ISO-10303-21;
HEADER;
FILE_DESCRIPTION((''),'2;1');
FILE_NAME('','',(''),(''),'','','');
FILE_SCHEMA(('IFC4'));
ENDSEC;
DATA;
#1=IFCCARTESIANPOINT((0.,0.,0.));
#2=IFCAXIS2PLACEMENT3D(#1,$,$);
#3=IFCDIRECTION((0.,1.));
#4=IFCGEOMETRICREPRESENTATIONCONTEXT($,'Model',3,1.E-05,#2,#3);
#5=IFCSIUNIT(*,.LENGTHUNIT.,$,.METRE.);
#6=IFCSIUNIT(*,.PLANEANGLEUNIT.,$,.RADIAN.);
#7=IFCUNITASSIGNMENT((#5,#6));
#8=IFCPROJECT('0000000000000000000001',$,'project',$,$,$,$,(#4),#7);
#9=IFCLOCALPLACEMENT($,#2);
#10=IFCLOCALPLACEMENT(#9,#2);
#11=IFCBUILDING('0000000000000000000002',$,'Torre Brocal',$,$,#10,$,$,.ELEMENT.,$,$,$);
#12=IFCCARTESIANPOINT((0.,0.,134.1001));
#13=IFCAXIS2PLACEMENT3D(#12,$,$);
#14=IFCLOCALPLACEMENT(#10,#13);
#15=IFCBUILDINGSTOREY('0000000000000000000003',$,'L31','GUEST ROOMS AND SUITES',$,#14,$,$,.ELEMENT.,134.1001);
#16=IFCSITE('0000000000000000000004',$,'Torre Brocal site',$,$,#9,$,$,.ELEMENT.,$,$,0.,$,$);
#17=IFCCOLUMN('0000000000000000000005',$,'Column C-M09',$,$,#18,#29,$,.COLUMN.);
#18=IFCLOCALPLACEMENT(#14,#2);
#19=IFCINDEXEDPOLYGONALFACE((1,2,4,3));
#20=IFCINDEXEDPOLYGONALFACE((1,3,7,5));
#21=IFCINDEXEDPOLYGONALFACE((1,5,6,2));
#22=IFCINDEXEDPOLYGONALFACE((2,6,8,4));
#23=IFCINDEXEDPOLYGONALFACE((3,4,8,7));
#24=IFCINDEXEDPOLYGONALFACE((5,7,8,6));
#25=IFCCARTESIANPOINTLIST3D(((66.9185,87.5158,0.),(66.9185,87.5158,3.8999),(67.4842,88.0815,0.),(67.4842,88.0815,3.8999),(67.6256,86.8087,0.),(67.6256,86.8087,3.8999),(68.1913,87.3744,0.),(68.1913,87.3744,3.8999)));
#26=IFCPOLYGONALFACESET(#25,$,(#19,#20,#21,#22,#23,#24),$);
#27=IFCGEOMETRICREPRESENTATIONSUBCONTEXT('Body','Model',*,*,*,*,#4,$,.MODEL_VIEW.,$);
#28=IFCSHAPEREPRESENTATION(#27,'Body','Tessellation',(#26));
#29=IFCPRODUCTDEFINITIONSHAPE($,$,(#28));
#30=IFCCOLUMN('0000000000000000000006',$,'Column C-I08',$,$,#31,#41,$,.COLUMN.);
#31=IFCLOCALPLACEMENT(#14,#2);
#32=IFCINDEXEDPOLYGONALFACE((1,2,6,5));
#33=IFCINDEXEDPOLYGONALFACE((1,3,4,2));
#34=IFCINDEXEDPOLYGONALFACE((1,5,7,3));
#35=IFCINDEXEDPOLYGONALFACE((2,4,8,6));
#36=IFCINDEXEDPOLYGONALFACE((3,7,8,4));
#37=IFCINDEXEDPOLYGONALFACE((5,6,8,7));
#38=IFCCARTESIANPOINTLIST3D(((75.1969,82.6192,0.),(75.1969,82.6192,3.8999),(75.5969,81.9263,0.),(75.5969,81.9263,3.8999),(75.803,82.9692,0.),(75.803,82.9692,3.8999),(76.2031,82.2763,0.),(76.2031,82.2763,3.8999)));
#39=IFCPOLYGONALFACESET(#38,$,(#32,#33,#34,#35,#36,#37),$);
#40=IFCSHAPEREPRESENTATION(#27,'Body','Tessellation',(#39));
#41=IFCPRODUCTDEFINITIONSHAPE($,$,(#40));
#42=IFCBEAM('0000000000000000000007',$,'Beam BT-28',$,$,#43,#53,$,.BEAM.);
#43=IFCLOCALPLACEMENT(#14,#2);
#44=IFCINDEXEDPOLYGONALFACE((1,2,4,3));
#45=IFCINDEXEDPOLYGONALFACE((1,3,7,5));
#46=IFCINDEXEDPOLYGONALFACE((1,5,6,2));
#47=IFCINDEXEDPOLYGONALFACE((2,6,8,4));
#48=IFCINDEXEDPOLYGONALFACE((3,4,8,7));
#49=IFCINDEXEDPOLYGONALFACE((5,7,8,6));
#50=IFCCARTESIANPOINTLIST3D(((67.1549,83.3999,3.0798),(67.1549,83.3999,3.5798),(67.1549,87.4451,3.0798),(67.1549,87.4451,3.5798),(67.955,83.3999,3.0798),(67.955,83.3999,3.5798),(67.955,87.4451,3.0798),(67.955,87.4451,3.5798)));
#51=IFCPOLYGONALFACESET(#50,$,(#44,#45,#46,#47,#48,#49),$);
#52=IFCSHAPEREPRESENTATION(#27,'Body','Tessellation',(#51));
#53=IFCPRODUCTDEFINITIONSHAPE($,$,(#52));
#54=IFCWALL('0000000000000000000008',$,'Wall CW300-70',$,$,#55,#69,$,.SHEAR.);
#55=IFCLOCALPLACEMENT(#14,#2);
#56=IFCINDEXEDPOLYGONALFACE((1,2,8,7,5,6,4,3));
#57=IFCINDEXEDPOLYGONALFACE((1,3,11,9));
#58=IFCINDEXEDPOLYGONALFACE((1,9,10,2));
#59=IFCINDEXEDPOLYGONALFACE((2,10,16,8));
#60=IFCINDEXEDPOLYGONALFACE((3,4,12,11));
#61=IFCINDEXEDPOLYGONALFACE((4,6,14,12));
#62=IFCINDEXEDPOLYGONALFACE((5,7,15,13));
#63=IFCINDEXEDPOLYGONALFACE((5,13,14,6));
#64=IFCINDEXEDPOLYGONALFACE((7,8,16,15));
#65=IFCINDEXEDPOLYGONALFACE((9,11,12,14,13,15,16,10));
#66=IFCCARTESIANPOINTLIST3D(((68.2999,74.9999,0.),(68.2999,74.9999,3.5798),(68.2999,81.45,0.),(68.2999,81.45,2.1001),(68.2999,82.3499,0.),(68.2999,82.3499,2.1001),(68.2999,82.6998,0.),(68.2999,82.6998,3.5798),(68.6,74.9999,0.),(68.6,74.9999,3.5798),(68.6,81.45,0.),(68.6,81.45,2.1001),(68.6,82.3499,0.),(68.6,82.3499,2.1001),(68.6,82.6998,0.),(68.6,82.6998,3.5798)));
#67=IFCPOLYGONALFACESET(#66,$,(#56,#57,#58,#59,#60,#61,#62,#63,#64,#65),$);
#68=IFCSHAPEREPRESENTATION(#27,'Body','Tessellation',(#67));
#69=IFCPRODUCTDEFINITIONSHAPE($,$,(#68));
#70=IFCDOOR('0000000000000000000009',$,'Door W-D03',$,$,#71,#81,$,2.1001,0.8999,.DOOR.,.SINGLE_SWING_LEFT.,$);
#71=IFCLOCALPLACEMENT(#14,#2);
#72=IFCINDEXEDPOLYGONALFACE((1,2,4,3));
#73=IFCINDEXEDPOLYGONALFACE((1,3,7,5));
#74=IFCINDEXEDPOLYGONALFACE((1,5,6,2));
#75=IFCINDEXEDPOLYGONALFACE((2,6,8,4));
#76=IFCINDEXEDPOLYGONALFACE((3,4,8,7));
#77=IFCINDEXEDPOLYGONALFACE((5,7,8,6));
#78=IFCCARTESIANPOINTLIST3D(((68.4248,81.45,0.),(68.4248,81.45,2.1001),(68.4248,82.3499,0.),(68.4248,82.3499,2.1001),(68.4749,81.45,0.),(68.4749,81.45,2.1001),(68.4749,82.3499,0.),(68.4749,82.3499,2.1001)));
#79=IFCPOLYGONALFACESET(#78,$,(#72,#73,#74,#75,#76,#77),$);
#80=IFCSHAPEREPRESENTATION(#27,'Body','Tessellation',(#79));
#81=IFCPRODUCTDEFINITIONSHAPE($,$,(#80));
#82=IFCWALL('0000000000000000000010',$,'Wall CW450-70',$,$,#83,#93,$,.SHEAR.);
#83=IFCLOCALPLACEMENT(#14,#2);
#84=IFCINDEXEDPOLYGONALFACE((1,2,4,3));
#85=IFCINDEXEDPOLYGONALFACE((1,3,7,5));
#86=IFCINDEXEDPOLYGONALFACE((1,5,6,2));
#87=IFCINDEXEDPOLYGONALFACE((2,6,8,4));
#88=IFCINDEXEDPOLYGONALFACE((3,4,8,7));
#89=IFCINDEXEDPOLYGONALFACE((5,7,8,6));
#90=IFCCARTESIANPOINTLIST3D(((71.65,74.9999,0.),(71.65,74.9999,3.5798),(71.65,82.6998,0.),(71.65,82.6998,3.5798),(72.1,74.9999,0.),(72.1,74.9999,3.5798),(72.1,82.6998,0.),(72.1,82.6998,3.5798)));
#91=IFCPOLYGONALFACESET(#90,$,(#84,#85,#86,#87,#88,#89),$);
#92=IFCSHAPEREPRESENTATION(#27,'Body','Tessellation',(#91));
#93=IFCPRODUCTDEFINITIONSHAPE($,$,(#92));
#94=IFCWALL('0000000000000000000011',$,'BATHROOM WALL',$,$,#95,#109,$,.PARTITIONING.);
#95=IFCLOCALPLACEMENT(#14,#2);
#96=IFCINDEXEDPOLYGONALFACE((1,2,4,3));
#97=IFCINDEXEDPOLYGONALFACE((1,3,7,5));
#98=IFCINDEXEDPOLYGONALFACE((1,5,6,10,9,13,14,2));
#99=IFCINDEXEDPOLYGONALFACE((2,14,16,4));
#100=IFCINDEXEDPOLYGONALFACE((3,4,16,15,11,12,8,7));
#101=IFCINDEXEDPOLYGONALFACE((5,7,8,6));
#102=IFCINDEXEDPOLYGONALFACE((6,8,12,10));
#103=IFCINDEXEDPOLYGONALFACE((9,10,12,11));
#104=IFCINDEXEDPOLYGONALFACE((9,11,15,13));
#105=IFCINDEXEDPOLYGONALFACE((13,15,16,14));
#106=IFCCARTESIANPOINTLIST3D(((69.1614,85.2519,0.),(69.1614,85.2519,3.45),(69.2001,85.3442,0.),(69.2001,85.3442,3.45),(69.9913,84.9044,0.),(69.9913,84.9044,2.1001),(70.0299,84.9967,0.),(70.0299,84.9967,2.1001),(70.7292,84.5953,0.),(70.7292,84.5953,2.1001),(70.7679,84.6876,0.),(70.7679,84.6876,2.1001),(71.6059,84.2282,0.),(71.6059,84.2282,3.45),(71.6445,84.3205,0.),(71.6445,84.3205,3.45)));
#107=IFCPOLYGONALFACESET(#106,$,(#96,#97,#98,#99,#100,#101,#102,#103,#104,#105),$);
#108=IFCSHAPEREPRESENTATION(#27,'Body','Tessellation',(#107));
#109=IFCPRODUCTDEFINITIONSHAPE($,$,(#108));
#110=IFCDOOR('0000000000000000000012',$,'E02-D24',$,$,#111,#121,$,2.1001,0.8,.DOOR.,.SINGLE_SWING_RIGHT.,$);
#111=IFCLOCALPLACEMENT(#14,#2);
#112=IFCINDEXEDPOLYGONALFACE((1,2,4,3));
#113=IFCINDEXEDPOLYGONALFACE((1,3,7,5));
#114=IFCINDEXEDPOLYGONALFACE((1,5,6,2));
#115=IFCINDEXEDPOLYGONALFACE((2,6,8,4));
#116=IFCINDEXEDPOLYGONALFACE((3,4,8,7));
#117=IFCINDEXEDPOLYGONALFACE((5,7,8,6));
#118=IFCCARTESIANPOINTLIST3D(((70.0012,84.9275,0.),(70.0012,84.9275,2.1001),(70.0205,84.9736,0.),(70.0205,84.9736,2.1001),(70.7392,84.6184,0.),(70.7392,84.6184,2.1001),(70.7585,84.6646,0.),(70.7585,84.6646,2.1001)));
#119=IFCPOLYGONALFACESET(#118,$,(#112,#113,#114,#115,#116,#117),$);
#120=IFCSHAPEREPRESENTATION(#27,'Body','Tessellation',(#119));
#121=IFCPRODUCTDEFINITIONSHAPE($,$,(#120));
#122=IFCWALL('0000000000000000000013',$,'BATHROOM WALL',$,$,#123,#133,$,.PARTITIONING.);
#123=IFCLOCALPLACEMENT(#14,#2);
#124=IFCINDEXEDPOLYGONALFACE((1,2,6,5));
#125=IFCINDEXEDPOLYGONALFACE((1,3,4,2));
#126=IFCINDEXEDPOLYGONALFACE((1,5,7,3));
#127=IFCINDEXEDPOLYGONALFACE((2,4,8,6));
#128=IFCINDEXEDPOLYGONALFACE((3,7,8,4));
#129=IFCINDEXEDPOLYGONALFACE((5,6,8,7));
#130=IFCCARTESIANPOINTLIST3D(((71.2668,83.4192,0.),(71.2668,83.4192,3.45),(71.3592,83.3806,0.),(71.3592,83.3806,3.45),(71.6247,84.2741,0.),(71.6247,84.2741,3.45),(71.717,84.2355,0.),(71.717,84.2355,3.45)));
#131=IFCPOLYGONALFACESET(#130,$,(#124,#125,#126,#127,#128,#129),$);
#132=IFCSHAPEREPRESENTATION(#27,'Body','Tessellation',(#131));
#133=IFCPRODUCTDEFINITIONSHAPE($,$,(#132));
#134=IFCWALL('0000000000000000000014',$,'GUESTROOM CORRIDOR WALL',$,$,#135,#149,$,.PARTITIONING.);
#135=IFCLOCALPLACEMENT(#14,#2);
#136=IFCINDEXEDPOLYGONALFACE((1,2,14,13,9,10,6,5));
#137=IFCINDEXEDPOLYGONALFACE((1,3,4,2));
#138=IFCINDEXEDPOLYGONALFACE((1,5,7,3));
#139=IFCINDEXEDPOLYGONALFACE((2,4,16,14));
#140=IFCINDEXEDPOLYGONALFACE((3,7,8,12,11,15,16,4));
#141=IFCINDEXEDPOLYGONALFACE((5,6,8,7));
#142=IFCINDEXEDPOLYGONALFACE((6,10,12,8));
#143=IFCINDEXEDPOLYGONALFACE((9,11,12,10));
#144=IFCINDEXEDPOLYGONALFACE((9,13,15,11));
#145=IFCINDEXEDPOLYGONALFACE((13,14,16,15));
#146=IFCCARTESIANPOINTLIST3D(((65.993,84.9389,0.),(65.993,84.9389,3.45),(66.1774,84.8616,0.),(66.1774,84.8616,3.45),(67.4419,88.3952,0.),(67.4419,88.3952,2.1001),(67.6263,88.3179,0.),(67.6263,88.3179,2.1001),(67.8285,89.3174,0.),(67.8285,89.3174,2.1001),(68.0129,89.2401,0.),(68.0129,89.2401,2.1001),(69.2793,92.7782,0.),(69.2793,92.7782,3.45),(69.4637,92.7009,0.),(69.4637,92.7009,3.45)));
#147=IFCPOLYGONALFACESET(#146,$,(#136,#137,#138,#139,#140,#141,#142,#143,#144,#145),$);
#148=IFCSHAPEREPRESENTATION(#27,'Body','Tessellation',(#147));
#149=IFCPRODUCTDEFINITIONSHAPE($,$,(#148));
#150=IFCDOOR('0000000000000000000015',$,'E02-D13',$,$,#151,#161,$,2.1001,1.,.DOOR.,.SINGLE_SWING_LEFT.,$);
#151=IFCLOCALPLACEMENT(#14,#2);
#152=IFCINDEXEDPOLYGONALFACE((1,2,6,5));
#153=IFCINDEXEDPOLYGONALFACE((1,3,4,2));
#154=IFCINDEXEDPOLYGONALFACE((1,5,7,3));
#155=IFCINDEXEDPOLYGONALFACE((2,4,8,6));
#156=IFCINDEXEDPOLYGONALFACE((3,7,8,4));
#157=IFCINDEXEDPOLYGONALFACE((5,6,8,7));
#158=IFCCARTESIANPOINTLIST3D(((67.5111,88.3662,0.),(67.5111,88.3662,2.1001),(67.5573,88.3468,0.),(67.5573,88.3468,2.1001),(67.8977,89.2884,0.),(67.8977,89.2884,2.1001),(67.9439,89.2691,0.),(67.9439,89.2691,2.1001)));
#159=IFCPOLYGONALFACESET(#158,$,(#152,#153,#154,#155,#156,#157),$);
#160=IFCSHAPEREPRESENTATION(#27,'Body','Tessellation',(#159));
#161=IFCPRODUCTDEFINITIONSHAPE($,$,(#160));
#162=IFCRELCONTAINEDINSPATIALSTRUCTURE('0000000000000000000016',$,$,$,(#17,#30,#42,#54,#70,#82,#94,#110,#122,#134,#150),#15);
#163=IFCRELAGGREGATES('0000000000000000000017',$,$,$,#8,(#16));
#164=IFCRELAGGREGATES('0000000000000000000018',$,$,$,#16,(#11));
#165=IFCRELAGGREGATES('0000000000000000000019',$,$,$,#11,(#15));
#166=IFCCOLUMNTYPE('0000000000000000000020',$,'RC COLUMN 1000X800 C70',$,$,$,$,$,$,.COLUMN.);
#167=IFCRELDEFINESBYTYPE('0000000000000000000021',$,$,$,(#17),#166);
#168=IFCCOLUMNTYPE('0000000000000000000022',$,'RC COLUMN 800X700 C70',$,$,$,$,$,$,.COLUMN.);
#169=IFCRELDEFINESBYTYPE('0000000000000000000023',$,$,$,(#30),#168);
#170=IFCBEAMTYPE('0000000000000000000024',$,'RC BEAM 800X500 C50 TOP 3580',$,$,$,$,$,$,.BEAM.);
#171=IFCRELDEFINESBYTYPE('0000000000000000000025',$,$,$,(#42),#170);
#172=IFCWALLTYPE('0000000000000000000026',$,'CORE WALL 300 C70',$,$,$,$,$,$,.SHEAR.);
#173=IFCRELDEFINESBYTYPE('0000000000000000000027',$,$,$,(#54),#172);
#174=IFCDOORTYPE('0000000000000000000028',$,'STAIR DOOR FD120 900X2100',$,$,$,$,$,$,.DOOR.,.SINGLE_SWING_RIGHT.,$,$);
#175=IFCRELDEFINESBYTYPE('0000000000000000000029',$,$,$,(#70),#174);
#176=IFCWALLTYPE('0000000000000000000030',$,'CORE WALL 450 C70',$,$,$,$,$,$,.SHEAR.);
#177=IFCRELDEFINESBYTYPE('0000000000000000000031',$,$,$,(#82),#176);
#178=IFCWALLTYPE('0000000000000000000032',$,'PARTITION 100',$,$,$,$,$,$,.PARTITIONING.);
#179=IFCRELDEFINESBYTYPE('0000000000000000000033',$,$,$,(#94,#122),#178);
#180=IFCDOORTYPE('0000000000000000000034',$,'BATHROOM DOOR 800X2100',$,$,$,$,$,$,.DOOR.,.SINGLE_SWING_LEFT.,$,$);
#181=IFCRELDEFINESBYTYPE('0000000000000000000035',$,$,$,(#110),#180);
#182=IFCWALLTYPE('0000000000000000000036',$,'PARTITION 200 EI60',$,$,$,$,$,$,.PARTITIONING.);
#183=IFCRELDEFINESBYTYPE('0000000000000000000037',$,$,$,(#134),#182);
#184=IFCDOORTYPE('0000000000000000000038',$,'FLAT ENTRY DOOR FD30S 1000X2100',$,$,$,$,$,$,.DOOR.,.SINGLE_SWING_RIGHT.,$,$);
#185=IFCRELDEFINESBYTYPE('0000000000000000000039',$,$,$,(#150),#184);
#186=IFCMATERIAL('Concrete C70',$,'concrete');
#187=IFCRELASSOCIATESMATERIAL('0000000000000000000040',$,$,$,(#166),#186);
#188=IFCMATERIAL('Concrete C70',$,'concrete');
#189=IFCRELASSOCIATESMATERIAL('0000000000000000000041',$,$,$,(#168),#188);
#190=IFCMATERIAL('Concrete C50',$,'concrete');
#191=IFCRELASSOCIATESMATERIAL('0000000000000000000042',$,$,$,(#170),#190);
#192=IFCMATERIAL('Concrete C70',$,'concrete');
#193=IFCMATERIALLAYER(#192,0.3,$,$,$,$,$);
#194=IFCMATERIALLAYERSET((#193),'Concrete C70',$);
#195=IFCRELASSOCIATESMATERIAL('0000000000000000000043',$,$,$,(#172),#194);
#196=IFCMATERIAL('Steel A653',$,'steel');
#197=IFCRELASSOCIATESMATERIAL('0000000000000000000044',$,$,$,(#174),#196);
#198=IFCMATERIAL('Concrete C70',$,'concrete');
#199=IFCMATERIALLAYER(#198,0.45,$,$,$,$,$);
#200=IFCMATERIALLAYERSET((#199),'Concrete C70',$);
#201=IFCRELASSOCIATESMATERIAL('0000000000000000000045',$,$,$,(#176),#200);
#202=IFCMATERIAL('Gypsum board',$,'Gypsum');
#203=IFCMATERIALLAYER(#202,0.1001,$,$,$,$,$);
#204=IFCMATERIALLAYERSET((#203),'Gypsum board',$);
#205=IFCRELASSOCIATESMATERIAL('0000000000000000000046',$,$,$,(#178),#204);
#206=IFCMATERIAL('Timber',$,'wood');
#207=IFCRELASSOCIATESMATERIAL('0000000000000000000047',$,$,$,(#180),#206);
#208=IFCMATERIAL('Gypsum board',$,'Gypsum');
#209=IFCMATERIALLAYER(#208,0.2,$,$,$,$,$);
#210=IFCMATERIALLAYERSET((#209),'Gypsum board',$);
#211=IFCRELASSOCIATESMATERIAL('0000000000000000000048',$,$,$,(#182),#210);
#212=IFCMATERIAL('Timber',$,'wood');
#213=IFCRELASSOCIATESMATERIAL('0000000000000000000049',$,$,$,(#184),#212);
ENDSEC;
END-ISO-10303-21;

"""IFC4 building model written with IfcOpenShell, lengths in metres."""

from ifc_helpers import new_model, si_unit, direction, frame, frame_2d, origin, origin_2d, place, context, subcontext, project, spatial, rectangle, extrude, material, layer, layer_set, material_profile, profile_set, type_object, element, fill, save


model = new_model("IFC4")

# Units and contexts
model_context = context("Model", 3, precision=1e-05, world=origin(), true_north=direction((0.0, 1.0)))
body_context = subcontext(model_context, "Body", "Model", "MODEL_VIEW")
ifc_project = project(units=[si_unit("LENGTHUNIT", "METRE"), si_unit("PLANEANGLEUNIT", "RADIAN")], contexts=[model_context])

# Site, building, storey
site_placement = place(None, origin())
site = spatial("IfcSite", under=ifc_project, at=site_placement, Name="Torre Brocal site", CompositionType="ELEMENT", RefElevation=0.0)
building_placement = place(site_placement, origin())
building = spatial("IfcBuilding", under=site, at=building_placement, Name="Torre Brocal", CompositionType="ELEMENT")
storey_placement = place(building_placement, frame((0.0, 0.0, 134.1001)))
storey = spatial("IfcBuildingStorey", under=building, at=storey_placement, Name="L31", Description="GUEST ROOMS AND SUITES", CompositionType="ELEMENT", Elevation=134.1001)

# Columns
ifc_material_1 = material(Name="Concrete C70", Category="concrete")
ifc_material_profile_1 = material_profile(ifc_material_1, rectangle(XDim=1.0, YDim=0.8, at=origin_2d()), Name="RC 1000X800")
ifc_profile_set_1 = profile_set([ifc_material_profile_1], Name="Concrete C70")
column_type_1 = type_object("IfcColumnType", Name="RC COLUMN 1000X800 C70", PredefinedType="COLUMN", material=ifc_profile_set_1)
column_1_placement = place(storey_placement, frame((67.5549, 87.4451, 0.0), z_axis=(0.0, 0.0, 1.0), x_axis=(-0.707107, 0.707107, 0.0)))
element("IfcColumn", 1, at=column_1_placement, inside=storey, type_object=column_type_1, Name="Column C-M09", PredefinedType="COLUMN", context=body_context, shape_type="SweptSolid", body=[
    extrude(rectangle(XDim=1.0, YDim=0.8, at=origin_2d()), origin(), (0.0, 0.0, 1.0), 3.8999),
])
ifc_material_2 = material(Name="Concrete C70", Category="concrete")
ifc_material_profile_2 = material_profile(ifc_material_2, rectangle(XDim=0.8, YDim=0.7, at=origin_2d()), Name="RC 800X700")
ifc_profile_set_2 = profile_set([ifc_material_profile_2], Name="Concrete C70")
column_type_2 = type_object("IfcColumnType", Name="RC COLUMN 800X700 C70", PredefinedType="COLUMN", material=ifc_profile_set_2)
column_2_placement = place(storey_placement, frame((75.7, 82.4478, 0.0), z_axis=(0.0, 0.0, 1.0), x_axis=(-0.5, 0.866025, 0.0)))
element("IfcColumn", 2, at=column_2_placement, inside=storey, type_object=column_type_2, Name="Column C-I08", PredefinedType="COLUMN", context=body_context, shape_type="SweptSolid", body=[
    extrude(rectangle(XDim=0.8, YDim=0.7, at=origin_2d()), origin(), (0.0, 0.0, 1.0), 3.8999),
])

# Beam
ifc_material_3 = material(Name="Concrete C50", Category="concrete")
ifc_material_profile_3 = material_profile(ifc_material_3, rectangle(XDim=0.8, YDim=0.5, at=origin_2d()), Name="RC 800X500")
ifc_profile_set_3 = profile_set([ifc_material_profile_3], Name="Concrete C50")
beam_type = type_object("IfcBeamType", Name="RC BEAM 800X500 C50 TOP 3580", PredefinedType="BEAM", material=ifc_profile_set_3)
beam_placement = place(storey_placement, frame((67.5549, 87.4451, 3.3298), z_axis=(0.0, -1.0, 0.0), x_axis=(1.0, 0.0, 0.0)))
element("IfcBeam", 3, at=beam_placement, inside=storey, type_object=beam_type, Name="Beam BT-28", PredefinedType="BEAM", context=body_context, shape_type="SweptSolid", body=[
    extrude(rectangle(XDim=0.8, YDim=0.5, at=origin_2d()), origin(), (0.0, 0.0, 1.0), 4.0452),
])

# Wall, opening, door
ifc_material_4 = material(Name="Concrete C70", Category="concrete")
ifc_layer_1 = layer(ifc_material_4, 0.3)
ifc_layer_set_1 = layer_set([ifc_layer_1], Name="Concrete C70")
wall_type_1 = type_object("IfcWallType", Name="CORE WALL 300 C70", PredefinedType="SHEAR", material=ifc_layer_set_1)
wall_1_placement = place(storey_placement, frame((68.45, 82.7, 0.0), z_axis=(0.0, 0.0, 1.0), x_axis=(0.0, -1.0, 0.0)))
wall_1 = element("IfcWall", 4, at=wall_1_placement, inside=storey, type_object=wall_type_1, Name="Wall CW300-70", PredefinedType="SHEAR", context=body_context, shape_type="SweptSolid", body=[
    extrude(rectangle(XDim=7.7, YDim=0.3, at=frame_2d((3.8501, 0.0))), origin(), (0.0, 0.0, 1.0), 3.5798),
])
opening_1_placement = place(wall_1_placement, frame((0.3501, 0.0, 0.0)))
opening_1 = element("IfcOpeningElement", 5, at=opening_1_placement, cuts=wall_1, PredefinedType="OPENING", context=body_context, shape_type="SweptSolid", body=[
    extrude(rectangle(XDim=0.8999, YDim=2.1001, at=frame_2d((0.45, 1.05))), frame((0.0, 0.1599, 0.0), z_axis=(0.0, -1.0, 0.0), x_axis=(1.0, 0.0, 0.0)), (0.0, 0.0, 1.0), 0.3201),
])
ifc_material_5 = material(Name="Steel A653", Category="steel")
door_type_1 = type_object("IfcDoorType", Name="STAIR DOOR FD120 900X2100", OperationType="SINGLE_SWING_RIGHT", PredefinedType="DOOR", material=ifc_material_5)
door_1_placement = place(opening_1_placement, origin())
door_1 = element("IfcDoor", 6, at=door_1_placement, inside=storey, type_object=door_type_1, Name="Door W-D03", OperationType="SINGLE_SWING_LEFT", OverallHeight=2.1001, OverallWidth=0.8999, PredefinedType="DOOR", context=body_context, shape_type="SweptSolid", body=[
    extrude(rectangle(XDim=0.8999, YDim=2.1001, at=frame_2d((0.45, 1.05))), frame((0.0, 0.0249, 0.0), z_axis=(0.0, -1.0, 0.0), x_axis=(1.0, 0.0, 0.0)), (0.0, 0.0, 1.0), 0.05),
])
fill(opening_1, door_1)

# Wall
ifc_material_6 = material(Name="Concrete C70", Category="concrete")
ifc_layer_2 = layer(ifc_material_6, 0.45)
ifc_layer_set_2 = layer_set([ifc_layer_2], Name="Concrete C70")
wall_type_2 = type_object("IfcWallType", Name="CORE WALL 450 C70", PredefinedType="SHEAR", material=ifc_layer_set_2)
wall_2_placement = place(storey_placement, frame((71.875, 82.7, 0.0), z_axis=(0.0, 0.0, 1.0), x_axis=(0.0, -1.0, 0.0)))
element("IfcWall", 7, at=wall_2_placement, inside=storey, type_object=wall_type_2, Name="Wall CW450-70", PredefinedType="SHEAR", context=body_context, shape_type="SweptSolid", body=[
    extrude(rectangle(XDim=7.7, YDim=0.45, at=frame_2d((3.8501, 0.0))), origin(), (0.0, 0.0, 1.0), 3.5798),
])

# Wall, opening, door
ifc_material_7 = material(Name="Gypsum board", Category="Gypsum")
ifc_layer_3 = layer(ifc_material_7, 0.1001)
ifc_layer_set_3 = layer_set([ifc_layer_3], Name="Gypsum board")
wall_type_3 = type_object("IfcWallType", Name="PARTITION 100", PredefinedType="PARTITIONING", material=ifc_layer_set_3)
wall_3_placement = place(storey_placement, frame((69.1807, 85.2981, 0.0), z_axis=(0.0, 0.0, 1.0), x_axis=(0.922378, -0.386289, 0.0)))
wall_3 = element("IfcWall", 8, at=wall_3_placement, inside=storey, type_object=wall_type_3, Name="BATHROOM WALL", PredefinedType="PARTITIONING", context=body_context, shape_type="SweptSolid", body=[
    extrude(rectangle(XDim=2.6501, YDim=0.1001, at=frame_2d((1.3252, 0.0))), origin(), (0.0, 0.0, 1.0), 3.45),
])
opening_2_placement = place(wall_3_placement, frame((0.8999, 0.0, 0.0)))
opening_2 = element("IfcOpeningElement", 9, at=opening_2_placement, cuts=wall_3, PredefinedType="OPENING", context=body_context, shape_type="SweptSolid", body=[
    extrude(rectangle(XDim=0.8, YDim=2.1001, at=frame_2d((0.3999, 1.05))), frame((0.0, 0.0601, 0.0), z_axis=(0.0, -1.0, 0.0), x_axis=(1.0, 0.0, 0.0)), (0.0, 0.0, 1.0), 0.1201),
])
ifc_material_8 = material(Name="Timber", Category="wood")
door_type_2 = type_object("IfcDoorType", Name="BATHROOM DOOR 800X2100", OperationType="SINGLE_SWING_LEFT", PredefinedType="DOOR", material=ifc_material_8)
door_2_placement = place(opening_2_placement, frame((0.8, 0.0, 0.0), z_axis=(0.0, 0.0, 1.0), x_axis=(-1.0, 0.0, 0.0)))
door_2 = element("IfcDoor", 10, at=door_2_placement, inside=storey, type_object=door_type_2, Name="E02-D24", OperationType="SINGLE_SWING_RIGHT", OverallHeight=2.1001, OverallWidth=0.8, PredefinedType="DOOR", context=body_context, shape_type="SweptSolid", body=[
    extrude(rectangle(XDim=0.8, YDim=2.1001, at=frame_2d((0.3999, 1.05))), frame((0.0, 0.0249, 0.0), z_axis=(0.0, -1.0, 0.0), x_axis=(1.0, 0.0, 0.0)), (0.0, 0.0, 1.0), 0.05),
])
fill(opening_2, door_2)

# Wall
wall_4_placement = place(storey_placement, frame((71.313, 83.3999, 0.0), z_axis=(0.0, 0.0, 1.0), x_axis=(0.386149, 0.922437, 0.0)))
element("IfcWall", 11, at=wall_4_placement, inside=storey, type_object=wall_type_3, Name="BATHROOM WALL", PredefinedType="PARTITIONING", context=body_context, shape_type="SweptSolid", body=[
    extrude(rectangle(XDim=0.9268, YDim=0.1001, at=frame_2d((0.4634, 0.0))), origin(), (0.0, 0.0, 1.0), 3.45),
])

# Wall, opening, door
ifc_material_9 = material(Name="Gypsum board", Category="Gypsum")
ifc_layer_4 = layer(ifc_material_9, 0.2)
ifc_layer_set_4 = layer_set([ifc_layer_4], Name="Gypsum board")
wall_type_4 = type_object("IfcWallType", Name="PARTITION 200 EI60", PredefinedType="PARTITIONING", material=ifc_layer_set_4)
wall_5_placement = place(storey_placement, frame((66.0852, 84.9004, 0.0), z_axis=(0.0, 0.0, 1.0), x_axis=(0.386617, 0.92224, 0.0)))
wall_5 = element("IfcWall", 12, at=wall_5_placement, inside=storey, type_object=wall_type_4, Name="GUESTROOM CORRIDOR WALL", PredefinedType="PARTITIONING", context=body_context, shape_type="SweptSolid", body=[
    extrude(rectangle(XDim=8.5002, YDim=0.2, at=frame_2d((4.25, 0.0))), origin(), (0.0, 0.0, 1.0), 3.45),
])
opening_3_placement = place(wall_5_placement, frame((3.7476, 0.0, 0.0)))
opening_3 = element("IfcOpeningElement", 13, at=opening_3_placement, cuts=wall_5, PredefinedType="OPENING", context=body_context, shape_type="SweptSolid", body=[
    extrude(rectangle(XDim=1.0, YDim=2.1001, at=frame_2d((0.5, 1.05))), frame((0.0, 0.1099, 0.0), z_axis=(0.0, -1.0, 0.0), x_axis=(1.0, 0.0, 0.0)), (0.0, 0.0, 1.0), 0.22),
])
ifc_material_10 = material(Name="Timber", Category="wood")
door_type_3 = type_object("IfcDoorType", Name="FLAT ENTRY DOOR FD30S 1000X2100", OperationType="SINGLE_SWING_RIGHT", PredefinedType="DOOR", material=ifc_material_10)
door_3_placement = place(opening_3_placement, origin())
door_3 = element("IfcDoor", 14, at=door_3_placement, inside=storey, type_object=door_type_3, Name="E02-D13", OperationType="SINGLE_SWING_LEFT", OverallHeight=2.1001, OverallWidth=1.0, PredefinedType="DOOR", context=body_context, shape_type="SweptSolid", body=[
    extrude(rectangle(XDim=1.0, YDim=2.1001, at=frame_2d((0.5, 1.05))), frame((0.0, 0.0249, 0.0), z_axis=(0.0, -1.0, 0.0), x_axis=(1.0, 0.0, 0.0)), (0.0, 0.0, 1.0), 0.05),
])
fill(opening_3, door_3)

save(model, "model.ifc")
